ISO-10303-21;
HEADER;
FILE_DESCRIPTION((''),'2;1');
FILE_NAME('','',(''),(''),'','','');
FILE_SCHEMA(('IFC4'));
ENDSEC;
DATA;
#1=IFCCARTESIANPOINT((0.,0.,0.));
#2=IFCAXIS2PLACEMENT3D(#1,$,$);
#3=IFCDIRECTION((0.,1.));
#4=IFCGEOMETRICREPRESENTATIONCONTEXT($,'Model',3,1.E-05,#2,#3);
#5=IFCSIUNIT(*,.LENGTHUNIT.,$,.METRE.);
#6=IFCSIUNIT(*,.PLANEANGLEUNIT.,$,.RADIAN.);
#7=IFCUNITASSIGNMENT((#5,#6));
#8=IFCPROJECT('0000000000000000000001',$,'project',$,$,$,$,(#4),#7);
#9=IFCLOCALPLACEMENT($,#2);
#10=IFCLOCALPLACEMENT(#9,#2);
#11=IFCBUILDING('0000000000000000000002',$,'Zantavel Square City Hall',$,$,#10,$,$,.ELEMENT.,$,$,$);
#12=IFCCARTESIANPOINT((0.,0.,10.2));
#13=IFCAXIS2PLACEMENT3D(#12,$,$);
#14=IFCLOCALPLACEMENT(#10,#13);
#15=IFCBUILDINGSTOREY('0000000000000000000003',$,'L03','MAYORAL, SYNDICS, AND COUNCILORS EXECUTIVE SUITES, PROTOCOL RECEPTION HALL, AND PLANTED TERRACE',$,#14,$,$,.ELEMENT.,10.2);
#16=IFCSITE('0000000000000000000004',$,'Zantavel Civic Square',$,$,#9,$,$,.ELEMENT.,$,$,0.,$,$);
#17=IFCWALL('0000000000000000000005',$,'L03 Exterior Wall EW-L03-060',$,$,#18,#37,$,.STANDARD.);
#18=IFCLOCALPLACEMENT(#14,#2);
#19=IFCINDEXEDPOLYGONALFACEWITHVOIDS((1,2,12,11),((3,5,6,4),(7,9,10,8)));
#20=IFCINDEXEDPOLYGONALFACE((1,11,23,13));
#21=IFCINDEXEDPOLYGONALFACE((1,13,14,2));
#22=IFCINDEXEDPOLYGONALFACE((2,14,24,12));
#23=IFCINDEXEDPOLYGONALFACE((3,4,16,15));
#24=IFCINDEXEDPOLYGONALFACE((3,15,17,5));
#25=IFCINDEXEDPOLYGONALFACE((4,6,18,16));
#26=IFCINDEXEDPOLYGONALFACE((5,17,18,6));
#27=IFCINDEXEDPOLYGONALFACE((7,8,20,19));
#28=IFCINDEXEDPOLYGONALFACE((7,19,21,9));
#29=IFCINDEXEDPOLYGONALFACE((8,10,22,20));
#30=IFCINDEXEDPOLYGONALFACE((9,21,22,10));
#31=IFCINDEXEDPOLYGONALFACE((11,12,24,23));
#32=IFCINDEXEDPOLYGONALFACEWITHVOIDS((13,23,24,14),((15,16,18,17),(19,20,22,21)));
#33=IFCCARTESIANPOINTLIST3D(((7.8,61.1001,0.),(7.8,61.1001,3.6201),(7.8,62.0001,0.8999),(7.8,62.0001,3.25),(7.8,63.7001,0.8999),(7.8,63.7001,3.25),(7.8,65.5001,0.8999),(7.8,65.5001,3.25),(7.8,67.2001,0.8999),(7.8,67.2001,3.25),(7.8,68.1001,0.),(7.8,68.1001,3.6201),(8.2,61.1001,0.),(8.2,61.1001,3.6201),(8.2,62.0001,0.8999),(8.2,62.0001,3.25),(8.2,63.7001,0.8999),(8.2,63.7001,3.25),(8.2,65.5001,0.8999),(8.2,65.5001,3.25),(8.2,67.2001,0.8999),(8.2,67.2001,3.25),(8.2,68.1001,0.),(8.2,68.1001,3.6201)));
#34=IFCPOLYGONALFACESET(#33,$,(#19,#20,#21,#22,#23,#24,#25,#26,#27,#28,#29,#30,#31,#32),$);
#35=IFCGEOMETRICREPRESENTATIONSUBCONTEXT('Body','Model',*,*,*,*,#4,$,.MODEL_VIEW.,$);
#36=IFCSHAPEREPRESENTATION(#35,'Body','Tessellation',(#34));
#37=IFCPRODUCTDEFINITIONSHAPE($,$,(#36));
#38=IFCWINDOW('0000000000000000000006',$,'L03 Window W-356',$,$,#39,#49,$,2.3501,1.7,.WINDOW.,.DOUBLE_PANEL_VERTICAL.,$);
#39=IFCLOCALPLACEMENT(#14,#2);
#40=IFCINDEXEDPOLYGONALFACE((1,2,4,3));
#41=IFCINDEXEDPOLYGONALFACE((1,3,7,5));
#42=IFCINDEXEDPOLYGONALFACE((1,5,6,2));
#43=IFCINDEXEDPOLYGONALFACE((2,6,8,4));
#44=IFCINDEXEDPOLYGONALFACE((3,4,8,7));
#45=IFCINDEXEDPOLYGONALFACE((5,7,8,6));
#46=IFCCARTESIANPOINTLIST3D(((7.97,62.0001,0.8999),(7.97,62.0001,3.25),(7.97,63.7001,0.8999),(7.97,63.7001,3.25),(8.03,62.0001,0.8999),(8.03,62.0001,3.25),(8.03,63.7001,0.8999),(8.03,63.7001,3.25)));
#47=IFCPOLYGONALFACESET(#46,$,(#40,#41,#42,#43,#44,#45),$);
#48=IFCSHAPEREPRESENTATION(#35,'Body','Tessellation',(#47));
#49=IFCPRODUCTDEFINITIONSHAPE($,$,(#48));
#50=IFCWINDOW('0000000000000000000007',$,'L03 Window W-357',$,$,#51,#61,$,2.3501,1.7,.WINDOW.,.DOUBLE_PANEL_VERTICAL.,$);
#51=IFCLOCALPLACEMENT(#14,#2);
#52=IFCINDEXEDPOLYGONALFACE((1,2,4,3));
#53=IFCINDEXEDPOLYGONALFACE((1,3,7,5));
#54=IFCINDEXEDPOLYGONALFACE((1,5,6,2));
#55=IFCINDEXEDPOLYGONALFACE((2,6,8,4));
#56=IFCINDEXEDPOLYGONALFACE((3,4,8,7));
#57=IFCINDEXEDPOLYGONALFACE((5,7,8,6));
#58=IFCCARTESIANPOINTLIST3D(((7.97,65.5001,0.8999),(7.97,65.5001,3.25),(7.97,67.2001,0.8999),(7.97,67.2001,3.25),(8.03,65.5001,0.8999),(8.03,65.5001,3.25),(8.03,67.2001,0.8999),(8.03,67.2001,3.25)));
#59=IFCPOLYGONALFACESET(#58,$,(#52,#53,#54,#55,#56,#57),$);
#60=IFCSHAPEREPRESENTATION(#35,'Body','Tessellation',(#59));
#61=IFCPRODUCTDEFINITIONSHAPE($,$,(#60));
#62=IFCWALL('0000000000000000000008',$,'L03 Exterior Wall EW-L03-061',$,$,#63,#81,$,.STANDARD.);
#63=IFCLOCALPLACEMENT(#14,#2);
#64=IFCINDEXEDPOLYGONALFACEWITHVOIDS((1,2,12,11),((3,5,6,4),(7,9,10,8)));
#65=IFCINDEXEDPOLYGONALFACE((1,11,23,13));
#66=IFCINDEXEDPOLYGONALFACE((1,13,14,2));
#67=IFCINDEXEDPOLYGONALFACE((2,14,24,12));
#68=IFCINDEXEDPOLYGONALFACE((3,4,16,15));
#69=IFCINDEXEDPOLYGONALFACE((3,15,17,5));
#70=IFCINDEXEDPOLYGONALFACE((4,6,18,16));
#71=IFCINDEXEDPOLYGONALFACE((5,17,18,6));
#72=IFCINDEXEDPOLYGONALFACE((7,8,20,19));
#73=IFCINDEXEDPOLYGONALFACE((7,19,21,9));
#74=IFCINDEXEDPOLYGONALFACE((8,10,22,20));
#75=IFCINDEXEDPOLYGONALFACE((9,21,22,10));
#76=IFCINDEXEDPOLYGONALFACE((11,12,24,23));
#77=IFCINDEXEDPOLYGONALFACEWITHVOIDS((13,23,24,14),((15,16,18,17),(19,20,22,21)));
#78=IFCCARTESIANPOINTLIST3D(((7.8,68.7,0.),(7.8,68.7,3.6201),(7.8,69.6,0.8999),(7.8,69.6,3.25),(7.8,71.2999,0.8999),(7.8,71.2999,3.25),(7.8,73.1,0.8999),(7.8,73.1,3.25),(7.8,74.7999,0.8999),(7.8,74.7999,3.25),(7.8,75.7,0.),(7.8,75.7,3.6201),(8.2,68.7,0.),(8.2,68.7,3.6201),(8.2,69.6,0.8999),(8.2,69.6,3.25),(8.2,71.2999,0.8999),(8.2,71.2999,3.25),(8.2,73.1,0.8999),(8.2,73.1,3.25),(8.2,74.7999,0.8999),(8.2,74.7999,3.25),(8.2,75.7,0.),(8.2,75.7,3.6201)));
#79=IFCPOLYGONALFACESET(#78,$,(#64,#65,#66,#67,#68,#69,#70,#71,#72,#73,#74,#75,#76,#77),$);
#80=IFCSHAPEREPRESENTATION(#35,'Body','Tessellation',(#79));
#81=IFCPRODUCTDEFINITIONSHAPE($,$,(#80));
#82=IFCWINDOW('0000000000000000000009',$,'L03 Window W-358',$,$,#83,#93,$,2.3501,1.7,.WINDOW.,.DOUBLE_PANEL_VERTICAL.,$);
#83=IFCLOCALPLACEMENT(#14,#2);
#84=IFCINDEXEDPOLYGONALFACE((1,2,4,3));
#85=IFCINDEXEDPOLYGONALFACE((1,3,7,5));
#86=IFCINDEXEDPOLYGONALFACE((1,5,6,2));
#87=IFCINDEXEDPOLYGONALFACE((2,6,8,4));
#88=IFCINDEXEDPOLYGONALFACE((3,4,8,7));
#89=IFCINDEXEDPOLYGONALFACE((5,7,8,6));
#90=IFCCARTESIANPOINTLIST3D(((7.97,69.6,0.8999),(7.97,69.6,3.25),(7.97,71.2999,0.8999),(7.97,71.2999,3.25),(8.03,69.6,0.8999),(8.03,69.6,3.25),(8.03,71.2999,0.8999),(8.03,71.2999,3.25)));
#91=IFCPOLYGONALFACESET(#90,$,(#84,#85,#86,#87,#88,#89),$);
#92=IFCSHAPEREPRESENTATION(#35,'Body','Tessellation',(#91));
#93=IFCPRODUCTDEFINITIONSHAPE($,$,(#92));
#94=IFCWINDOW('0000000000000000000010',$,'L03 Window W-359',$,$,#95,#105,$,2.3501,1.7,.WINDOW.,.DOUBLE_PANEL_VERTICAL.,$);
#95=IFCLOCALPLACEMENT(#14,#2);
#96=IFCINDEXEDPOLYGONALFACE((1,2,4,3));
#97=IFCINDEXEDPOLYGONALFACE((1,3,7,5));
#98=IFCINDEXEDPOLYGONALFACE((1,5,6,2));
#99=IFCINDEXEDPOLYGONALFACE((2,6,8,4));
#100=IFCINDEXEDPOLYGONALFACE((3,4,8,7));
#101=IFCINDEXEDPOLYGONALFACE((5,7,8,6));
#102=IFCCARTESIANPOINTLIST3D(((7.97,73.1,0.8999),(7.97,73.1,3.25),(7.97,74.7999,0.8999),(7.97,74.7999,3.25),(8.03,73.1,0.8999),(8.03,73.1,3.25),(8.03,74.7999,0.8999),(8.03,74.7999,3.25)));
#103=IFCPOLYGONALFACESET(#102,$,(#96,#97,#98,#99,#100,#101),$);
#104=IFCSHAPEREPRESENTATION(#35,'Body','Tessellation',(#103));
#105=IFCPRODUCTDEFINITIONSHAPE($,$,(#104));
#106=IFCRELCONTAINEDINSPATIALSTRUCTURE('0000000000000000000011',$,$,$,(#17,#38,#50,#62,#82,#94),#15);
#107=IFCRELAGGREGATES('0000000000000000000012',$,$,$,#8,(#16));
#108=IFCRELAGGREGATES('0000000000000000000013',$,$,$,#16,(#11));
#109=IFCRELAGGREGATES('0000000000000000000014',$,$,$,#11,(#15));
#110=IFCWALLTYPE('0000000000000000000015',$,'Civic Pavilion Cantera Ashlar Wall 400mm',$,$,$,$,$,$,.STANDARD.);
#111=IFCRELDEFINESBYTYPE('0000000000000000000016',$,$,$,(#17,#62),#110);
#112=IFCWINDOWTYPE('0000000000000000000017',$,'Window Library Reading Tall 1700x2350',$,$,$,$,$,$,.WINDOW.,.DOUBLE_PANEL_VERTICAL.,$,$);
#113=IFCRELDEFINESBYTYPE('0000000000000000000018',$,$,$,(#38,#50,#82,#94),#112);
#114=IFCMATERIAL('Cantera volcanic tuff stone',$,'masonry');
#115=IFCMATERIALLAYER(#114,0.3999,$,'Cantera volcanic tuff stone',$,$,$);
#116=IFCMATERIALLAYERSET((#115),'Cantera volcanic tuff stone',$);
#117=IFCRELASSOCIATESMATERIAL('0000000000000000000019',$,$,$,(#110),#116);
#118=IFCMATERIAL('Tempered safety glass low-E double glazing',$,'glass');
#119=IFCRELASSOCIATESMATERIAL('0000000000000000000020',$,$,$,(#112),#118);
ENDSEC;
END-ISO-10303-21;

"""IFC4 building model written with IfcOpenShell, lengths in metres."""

from ifc_helpers import new_model, si_unit, direction, frame, frame_2d, origin, place, context, subcontext, project, spatial, rectangle, extrude, material, layer, layer_set, type_object, element, fill, save


model = new_model("IFC4")

# Units and contexts
model_context = context("Model", 3, precision=1e-05, world=origin(), true_north=direction((0.0, 1.0)))
body_context = subcontext(model_context, "Body", "Model", "MODEL_VIEW")
ifc_project = project(units=[si_unit("LENGTHUNIT", "METRE"), si_unit("PLANEANGLEUNIT", "RADIAN")], contexts=[model_context])

# Site, building, storey
site_placement = place(None, origin())
site = spatial("IfcSite", under=ifc_project, at=site_placement, Name="Zantavel Civic Square", CompositionType="ELEMENT", RefElevation=0.0)
building_placement = place(site_placement, origin())
building = spatial("IfcBuilding", under=site, at=building_placement, Name="Zantavel Square City Hall", CompositionType="ELEMENT")
storey_placement = place(building_placement, frame((0.0, 0.0, 10.2)))
storey = spatial("IfcBuildingStorey", under=building, at=storey_placement, Name="L03", Description="MAYORAL, SYNDICS, AND COUNCILORS EXECUTIVE SUITES, PROTOCOL RECEPTION HALL, AND PLANTED TERRACE", CompositionType="ELEMENT", Elevation=10.2)

# Shared definitions
ifc_material_1 = material(Name="Tempered safety glass low-E double glazing", Category="glass")

# Walls, openings, windows
ifc_material_2 = material(Name="Cantera volcanic tuff stone", Category="masonry")
ifc_layer_1 = layer(ifc_material_2, 0.3999, Name="Cantera volcanic tuff stone")
ifc_layer_set_1 = layer_set([ifc_layer_1], Name="Cantera volcanic tuff stone")
wall_type = type_object("IfcWallType", Name="Civic Pavilion Cantera Ashlar Wall 400mm", PredefinedType="STANDARD", material=ifc_layer_set_1)
wall_1_placement = place(storey_placement, frame((8.0, 61.1001, 0.0), z_axis=(0.0, 0.0, 1.0), x_axis=(0.0, 1.0, 0.0)))
wall_1 = element("IfcWall", 1, at=wall_1_placement, inside=storey, type_object=wall_type, Name="L03 Exterior Wall EW-L03-060", PredefinedType="STANDARD", context=body_context, shape_type="SweptSolid", body=[
    extrude(rectangle(XDim=7.0, YDim=0.3999, at=frame_2d((3.5, 0.0))), origin(), (0.0, 0.0, 1.0), 3.6201),
])
opening_1_placement = place(wall_1_placement, frame((0.8999, 0.0, 0.8999)))
opening_1 = element("IfcOpeningElement", 2, at=opening_1_placement, cuts=wall_1, PredefinedType="OPENING", context=body_context, shape_type="SweptSolid", body=[
    extrude(rectangle(XDim=1.7, YDim=2.3501, at=frame_2d((0.8501, 1.175))), frame((0.0, 0.21, 0.0), z_axis=(0.0, -1.0, 0.0), x_axis=(1.0, 0.0, 0.0)), (0.0, 0.0, 1.0), 0.4199),
])
opening_2_placement = place(wall_1_placement, frame((4.3999, 0.0, 0.8999)))
opening_2 = element("IfcOpeningElement", 3, at=opening_2_placement, cuts=wall_1, PredefinedType="OPENING", context=body_context, shape_type="SweptSolid", body=[
    extrude(rectangle(XDim=1.7, YDim=2.3501, at=frame_2d((0.8501, 1.175))), frame((0.0, 0.21, 0.0), z_axis=(0.0, -1.0, 0.0), x_axis=(1.0, 0.0, 0.0)), (0.0, 0.0, 1.0), 0.4199),
])
window_type = type_object("IfcWindowType", Name="Window Library Reading Tall 1700x2350", PartitioningType="DOUBLE_PANEL_VERTICAL", PredefinedType="WINDOW", material=ifc_material_1)
window_1_placement = place(opening_1_placement, origin())
window_1 = element("IfcWindow", 4, at=window_1_placement, inside=storey, type_object=window_type, Name="L03 Window W-356", OverallHeight=2.3501, OverallWidth=1.7, PartitioningType="DOUBLE_PANEL_VERTICAL", PredefinedType="WINDOW", context=body_context, shape_type="SweptSolid", body=[
    extrude(rectangle(XDim=1.7, YDim=2.3501, at=frame_2d((0.8501, 1.175))), frame((0.0, 0.03, 0.0), z_axis=(0.0, -1.0, 0.0), x_axis=(1.0, 0.0, 0.0)), (0.0, 0.0, 1.0), 0.0601),
])
fill(opening_1, window_1)
window_2_placement = place(opening_2_placement, origin())
window_2 = element("IfcWindow", 5, at=window_2_placement, inside=storey, type_object=window_type, Name="L03 Window W-357", OverallHeight=2.3501, OverallWidth=1.7, PartitioningType="DOUBLE_PANEL_VERTICAL", PredefinedType="WINDOW", context=body_context, shape_type="SweptSolid", body=[
    extrude(rectangle(XDim=1.7, YDim=2.3501, at=frame_2d((0.8501, 1.175))), frame((0.0, 0.03, 0.0), z_axis=(0.0, -1.0, 0.0), x_axis=(1.0, 0.0, 0.0)), (0.0, 0.0, 1.0), 0.0601),
])
fill(opening_2, window_2)
wall_2_placement = place(storey_placement, frame((8.0, 68.7, 0.0), z_axis=(0.0, 0.0, 1.0), x_axis=(0.0, 1.0, 0.0)))
wall_2 = element("IfcWall", 6, at=wall_2_placement, inside=storey, type_object=wall_type, Name="L03 Exterior Wall EW-L03-061", PredefinedType="STANDARD", context=body_context, shape_type="SweptSolid", body=[
    extrude(rectangle(XDim=7.0, YDim=0.3999, at=frame_2d((3.5, 0.0))), origin(), (0.0, 0.0, 1.0), 3.6201),
])
opening_3_placement = place(wall_2_placement, frame((0.8999, 0.0, 0.8999)))
opening_3 = element("IfcOpeningElement", 7, at=opening_3_placement, cuts=wall_2, PredefinedType="OPENING", context=body_context, shape_type="SweptSolid", body=[
    extrude(rectangle(XDim=1.7, YDim=2.3501, at=frame_2d((0.8501, 1.175))), frame((0.0, 0.21, 0.0), z_axis=(0.0, -1.0, 0.0), x_axis=(1.0, 0.0, 0.0)), (0.0, 0.0, 1.0), 0.4199),
])
opening_4_placement = place(wall_2_placement, frame((4.3999, 0.0, 0.8999)))
opening_4 = element("IfcOpeningElement", 8, at=opening_4_placement, cuts=wall_2, PredefinedType="OPENING", context=body_context, shape_type="SweptSolid", body=[
    extrude(rectangle(XDim=1.7, YDim=2.3501, at=frame_2d((0.8501, 1.175))), frame((0.0, 0.21, 0.0), z_axis=(0.0, -1.0, 0.0), x_axis=(1.0, 0.0, 0.0)), (0.0, 0.0, 1.0), 0.4199),
])
window_3_placement = place(opening_3_placement, origin())
window_3 = element("IfcWindow", 9, at=window_3_placement, inside=storey, type_object=window_type, Name="L03 Window W-358", OverallHeight=2.3501, OverallWidth=1.7, PartitioningType="DOUBLE_PANEL_VERTICAL", PredefinedType="WINDOW", context=body_context, shape_type="SweptSolid", body=[
    extrude(rectangle(XDim=1.7, YDim=2.3501, at=frame_2d((0.8501, 1.175))), frame((0.0, 0.03, 0.0), z_axis=(0.0, -1.0, 0.0), x_axis=(1.0, 0.0, 0.0)), (0.0, 0.0, 1.0), 0.0601),
])
fill(opening_3, window_3)
window_4_placement = place(opening_4_placement, origin())
window_4 = element("IfcWindow", 10, at=window_4_placement, inside=storey, type_object=window_type, Name="L03 Window W-359", OverallHeight=2.3501, OverallWidth=1.7, PartitioningType="DOUBLE_PANEL_VERTICAL", PredefinedType="WINDOW", context=body_context, shape_type="SweptSolid", body=[
    extrude(rectangle(XDim=1.7, YDim=2.3501, at=frame_2d((0.8501, 1.175))), frame((0.0, 0.03, 0.0), z_axis=(0.0, -1.0, 0.0), x_axis=(1.0, 0.0, 0.0)), (0.0, 0.0, 1.0), 0.0601),
])
fill(opening_4, window_4)

save(model, "model.ifc")
